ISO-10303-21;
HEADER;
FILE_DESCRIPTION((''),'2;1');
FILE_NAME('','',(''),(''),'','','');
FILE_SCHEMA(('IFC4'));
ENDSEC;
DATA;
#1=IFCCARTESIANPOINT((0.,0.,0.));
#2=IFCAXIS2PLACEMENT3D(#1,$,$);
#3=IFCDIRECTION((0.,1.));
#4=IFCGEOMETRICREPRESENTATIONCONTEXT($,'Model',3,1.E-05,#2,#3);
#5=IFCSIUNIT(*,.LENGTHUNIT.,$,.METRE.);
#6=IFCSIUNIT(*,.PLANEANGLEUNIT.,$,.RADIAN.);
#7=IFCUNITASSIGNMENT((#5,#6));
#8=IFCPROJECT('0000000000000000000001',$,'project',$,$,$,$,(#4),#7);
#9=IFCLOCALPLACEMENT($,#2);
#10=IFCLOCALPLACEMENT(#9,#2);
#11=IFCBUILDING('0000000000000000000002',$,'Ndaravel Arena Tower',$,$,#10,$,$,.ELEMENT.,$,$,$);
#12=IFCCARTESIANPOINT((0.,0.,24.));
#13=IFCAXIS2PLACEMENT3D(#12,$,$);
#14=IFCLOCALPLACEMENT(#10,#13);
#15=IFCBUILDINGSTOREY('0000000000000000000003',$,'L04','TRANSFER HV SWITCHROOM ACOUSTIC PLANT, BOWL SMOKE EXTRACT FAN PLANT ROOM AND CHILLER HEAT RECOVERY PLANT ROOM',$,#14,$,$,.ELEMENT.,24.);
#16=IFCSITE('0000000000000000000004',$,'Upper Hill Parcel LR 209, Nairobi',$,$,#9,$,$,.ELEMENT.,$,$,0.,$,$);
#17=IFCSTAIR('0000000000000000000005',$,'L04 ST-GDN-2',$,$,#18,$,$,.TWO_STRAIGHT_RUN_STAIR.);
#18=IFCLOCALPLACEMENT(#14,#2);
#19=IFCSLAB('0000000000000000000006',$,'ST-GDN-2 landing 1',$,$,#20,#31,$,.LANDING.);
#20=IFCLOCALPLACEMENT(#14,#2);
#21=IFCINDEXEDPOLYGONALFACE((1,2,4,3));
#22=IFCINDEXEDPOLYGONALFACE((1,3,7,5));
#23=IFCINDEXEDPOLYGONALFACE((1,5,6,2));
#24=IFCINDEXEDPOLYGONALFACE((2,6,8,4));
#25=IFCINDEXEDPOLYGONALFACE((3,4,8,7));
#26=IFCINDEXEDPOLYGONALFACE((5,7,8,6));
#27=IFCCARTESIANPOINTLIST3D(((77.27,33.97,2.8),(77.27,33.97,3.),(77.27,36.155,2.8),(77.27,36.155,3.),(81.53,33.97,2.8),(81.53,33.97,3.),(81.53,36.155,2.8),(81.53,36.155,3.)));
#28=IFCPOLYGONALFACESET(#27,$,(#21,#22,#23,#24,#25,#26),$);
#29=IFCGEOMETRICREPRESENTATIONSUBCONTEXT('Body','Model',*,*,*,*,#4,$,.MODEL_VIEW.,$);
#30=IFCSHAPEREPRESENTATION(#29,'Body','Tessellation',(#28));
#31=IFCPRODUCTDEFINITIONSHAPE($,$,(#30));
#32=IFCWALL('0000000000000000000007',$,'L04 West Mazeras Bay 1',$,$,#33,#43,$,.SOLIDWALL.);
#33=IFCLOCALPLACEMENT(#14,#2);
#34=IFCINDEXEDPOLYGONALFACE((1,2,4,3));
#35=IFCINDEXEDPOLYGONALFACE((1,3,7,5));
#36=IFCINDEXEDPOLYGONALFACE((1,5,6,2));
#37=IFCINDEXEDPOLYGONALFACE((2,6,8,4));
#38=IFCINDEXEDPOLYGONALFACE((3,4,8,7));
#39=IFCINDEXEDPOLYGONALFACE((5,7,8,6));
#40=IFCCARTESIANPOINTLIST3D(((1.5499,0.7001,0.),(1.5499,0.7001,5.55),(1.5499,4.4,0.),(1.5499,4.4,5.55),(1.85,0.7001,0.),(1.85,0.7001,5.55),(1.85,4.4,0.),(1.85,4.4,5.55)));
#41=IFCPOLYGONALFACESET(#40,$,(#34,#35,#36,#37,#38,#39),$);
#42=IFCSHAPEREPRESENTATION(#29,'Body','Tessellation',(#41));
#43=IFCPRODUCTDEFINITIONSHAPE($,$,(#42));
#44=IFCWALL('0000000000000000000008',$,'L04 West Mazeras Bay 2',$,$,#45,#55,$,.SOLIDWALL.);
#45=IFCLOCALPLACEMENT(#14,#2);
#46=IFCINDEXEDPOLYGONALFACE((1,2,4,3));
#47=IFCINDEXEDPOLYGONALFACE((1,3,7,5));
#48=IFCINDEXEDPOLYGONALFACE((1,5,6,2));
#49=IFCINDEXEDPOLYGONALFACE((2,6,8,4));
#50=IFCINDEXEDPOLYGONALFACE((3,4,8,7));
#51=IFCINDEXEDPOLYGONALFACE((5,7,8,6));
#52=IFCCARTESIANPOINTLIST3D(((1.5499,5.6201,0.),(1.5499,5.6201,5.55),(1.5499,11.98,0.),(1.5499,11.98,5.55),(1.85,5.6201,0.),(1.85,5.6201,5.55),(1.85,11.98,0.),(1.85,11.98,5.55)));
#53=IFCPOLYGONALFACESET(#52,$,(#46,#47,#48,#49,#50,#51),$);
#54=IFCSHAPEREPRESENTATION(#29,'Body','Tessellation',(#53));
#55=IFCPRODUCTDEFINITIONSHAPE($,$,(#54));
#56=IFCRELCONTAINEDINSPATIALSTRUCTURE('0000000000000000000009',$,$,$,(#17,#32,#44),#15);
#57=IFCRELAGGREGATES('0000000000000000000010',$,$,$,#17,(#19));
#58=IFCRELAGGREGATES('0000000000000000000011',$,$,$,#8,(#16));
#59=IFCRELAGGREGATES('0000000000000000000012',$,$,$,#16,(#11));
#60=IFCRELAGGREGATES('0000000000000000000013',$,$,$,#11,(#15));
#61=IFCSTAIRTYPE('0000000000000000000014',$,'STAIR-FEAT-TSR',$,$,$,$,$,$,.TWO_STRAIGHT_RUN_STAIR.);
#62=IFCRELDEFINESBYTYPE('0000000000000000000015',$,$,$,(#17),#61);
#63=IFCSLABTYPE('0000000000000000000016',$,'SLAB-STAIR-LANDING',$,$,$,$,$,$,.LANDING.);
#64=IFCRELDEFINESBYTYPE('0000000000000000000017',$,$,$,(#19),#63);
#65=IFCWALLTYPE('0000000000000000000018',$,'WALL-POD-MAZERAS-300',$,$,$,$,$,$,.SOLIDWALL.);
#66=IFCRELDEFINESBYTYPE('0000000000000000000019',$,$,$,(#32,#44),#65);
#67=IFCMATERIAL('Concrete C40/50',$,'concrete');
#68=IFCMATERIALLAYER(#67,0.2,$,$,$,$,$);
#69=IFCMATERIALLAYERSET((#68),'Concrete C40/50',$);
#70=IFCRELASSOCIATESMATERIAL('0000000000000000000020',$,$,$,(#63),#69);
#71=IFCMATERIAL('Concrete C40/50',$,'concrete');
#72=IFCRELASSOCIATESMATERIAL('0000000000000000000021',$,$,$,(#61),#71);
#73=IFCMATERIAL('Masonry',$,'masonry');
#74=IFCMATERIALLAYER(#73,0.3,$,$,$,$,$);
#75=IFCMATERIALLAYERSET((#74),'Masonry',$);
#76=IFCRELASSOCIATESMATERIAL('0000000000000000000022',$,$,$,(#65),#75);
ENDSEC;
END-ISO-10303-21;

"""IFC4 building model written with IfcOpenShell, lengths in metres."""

from ifc_helpers import new_model, si_unit, direction, frame, frame_2d, origin, place, context, subcontext, project, spatial, polyline, rectangle, outline, extrude, material, layer, layer_set, type_object, element, aggregate, save


model = new_model("IFC4")

# Units and contexts
model_context = context("Model", 3, precision=1e-05, world=origin(), true_north=direction((0.0, 1.0)))
body_context = subcontext(model_context, "Body", "Model", "MODEL_VIEW")
ifc_project = project(units=[si_unit("LENGTHUNIT", "METRE"), si_unit("PLANEANGLEUNIT", "RADIAN")], contexts=[model_context])

# Site, building, storey
site_placement = place(None, origin())
site = spatial("IfcSite", under=ifc_project, at=site_placement, Name="Upper Hill Parcel LR 209, Nairobi", CompositionType="ELEMENT", RefElevation=0.0)
building_placement = place(site_placement, origin())
building = spatial("IfcBuilding", under=site, at=building_placement, Name="Ndaravel Arena Tower", CompositionType="ELEMENT")
storey_placement = place(building_placement, frame((0.0, 0.0, 24.0)))
storey = spatial("IfcBuildingStorey", under=building, at=storey_placement, Name="L04", Description="TRANSFER HV SWITCHROOM ACOUSTIC PLANT, BOWL SMOKE EXTRACT FAN PLANT ROOM AND CHILLER HEAT RECOVERY PLANT ROOM", CompositionType="ELEMENT", Elevation=24.0)

# Stair, slab
ifc_material_1 = material(Name="Concrete C40/50", Category="concrete")
ifc_layer_1 = layer(ifc_material_1, 0.2)
ifc_layer_set_1 = layer_set([ifc_layer_1], Name="Concrete C40/50")
slab_type_1 = type_object("IfcSlabType", Name="SLAB-STAIR-LANDING", PredefinedType="LANDING", material=ifc_layer_set_1)
ifc_material_2 = material(Name="Concrete C40/50", Category="concrete")
stair_type_1 = type_object("IfcStairType", Name="STAIR-FEAT-TSR", PredefinedType="TWO_STRAIGHT_RUN_STAIR", material=ifc_material_2)
stair_1_placement = place(storey_placement, origin())
stair_1 = element("IfcStair", 1, at=stair_1_placement, inside=storey, type_object=stair_type_1, Name="L04 ST-GDN-2", PredefinedType="TWO_STRAIGHT_RUN_STAIR")
slab_1_placement = place(storey_placement, frame((0.0, 0.0, 2.8)))
slab_1 = element("IfcSlab", 2, at=slab_1_placement, type_object=slab_type_1, Name="ST-GDN-2 landing 1", PredefinedType="LANDING", context=body_context, shape_type="SweptSolid", body=[
    extrude(outline(polyline([(77.27, 36.155), (77.27, 33.97), (81.53, 33.97), (81.53, 36.155), (77.27, 36.155)])), origin(), (0.0, 0.0, 1.0), 0.2),
])
aggregate(stair_1, [slab_1])

# Walls
ifc_material_3 = material(Name="Masonry", Category="masonry")
ifc_layer_2 = layer(ifc_material_3, 0.3)
ifc_layer_set_2 = layer_set([ifc_layer_2], Name="Masonry")
wall_type = type_object("IfcWallType", Name="WALL-POD-MAZERAS-300", PredefinedType="SOLIDWALL", material=ifc_layer_set_2)
wall_1_placement = place(storey_placement, frame((1.7, 0.7, 0.0), z_axis=(0.0, 0.0, 1.0), x_axis=(0.0, 1.0, 0.0)))
element("IfcWall", 3, at=wall_1_placement, inside=storey, type_object=wall_type, Name="L04 West Mazeras Bay 1", PredefinedType="SOLIDWALL", context=body_context, shape_type="SweptSolid", body=[
    extrude(rectangle(XDim=3.7, YDim=0.3, at=frame_2d((1.8501, 0.0))), origin(), (0.0, 0.0, 1.0), 5.55),
])
wall_2_placement = place(storey_placement, frame((1.7, 5.6201, 0.0), z_axis=(0.0, 0.0, 1.0), x_axis=(0.0, 1.0, 0.0)))
element("IfcWall", 4, at=wall_2_placement, inside=storey, type_object=wall_type, Name="L04 West Mazeras Bay 2", PredefinedType="SOLIDWALL", context=body_context, shape_type="SweptSolid", body=[
    extrude(rectangle(XDim=6.3599, YDim=0.3, at=frame_2d((3.1799, 0.0))), origin(), (0.0, 0.0, 1.0), 5.55),
])

save(model, "model.ifc")
